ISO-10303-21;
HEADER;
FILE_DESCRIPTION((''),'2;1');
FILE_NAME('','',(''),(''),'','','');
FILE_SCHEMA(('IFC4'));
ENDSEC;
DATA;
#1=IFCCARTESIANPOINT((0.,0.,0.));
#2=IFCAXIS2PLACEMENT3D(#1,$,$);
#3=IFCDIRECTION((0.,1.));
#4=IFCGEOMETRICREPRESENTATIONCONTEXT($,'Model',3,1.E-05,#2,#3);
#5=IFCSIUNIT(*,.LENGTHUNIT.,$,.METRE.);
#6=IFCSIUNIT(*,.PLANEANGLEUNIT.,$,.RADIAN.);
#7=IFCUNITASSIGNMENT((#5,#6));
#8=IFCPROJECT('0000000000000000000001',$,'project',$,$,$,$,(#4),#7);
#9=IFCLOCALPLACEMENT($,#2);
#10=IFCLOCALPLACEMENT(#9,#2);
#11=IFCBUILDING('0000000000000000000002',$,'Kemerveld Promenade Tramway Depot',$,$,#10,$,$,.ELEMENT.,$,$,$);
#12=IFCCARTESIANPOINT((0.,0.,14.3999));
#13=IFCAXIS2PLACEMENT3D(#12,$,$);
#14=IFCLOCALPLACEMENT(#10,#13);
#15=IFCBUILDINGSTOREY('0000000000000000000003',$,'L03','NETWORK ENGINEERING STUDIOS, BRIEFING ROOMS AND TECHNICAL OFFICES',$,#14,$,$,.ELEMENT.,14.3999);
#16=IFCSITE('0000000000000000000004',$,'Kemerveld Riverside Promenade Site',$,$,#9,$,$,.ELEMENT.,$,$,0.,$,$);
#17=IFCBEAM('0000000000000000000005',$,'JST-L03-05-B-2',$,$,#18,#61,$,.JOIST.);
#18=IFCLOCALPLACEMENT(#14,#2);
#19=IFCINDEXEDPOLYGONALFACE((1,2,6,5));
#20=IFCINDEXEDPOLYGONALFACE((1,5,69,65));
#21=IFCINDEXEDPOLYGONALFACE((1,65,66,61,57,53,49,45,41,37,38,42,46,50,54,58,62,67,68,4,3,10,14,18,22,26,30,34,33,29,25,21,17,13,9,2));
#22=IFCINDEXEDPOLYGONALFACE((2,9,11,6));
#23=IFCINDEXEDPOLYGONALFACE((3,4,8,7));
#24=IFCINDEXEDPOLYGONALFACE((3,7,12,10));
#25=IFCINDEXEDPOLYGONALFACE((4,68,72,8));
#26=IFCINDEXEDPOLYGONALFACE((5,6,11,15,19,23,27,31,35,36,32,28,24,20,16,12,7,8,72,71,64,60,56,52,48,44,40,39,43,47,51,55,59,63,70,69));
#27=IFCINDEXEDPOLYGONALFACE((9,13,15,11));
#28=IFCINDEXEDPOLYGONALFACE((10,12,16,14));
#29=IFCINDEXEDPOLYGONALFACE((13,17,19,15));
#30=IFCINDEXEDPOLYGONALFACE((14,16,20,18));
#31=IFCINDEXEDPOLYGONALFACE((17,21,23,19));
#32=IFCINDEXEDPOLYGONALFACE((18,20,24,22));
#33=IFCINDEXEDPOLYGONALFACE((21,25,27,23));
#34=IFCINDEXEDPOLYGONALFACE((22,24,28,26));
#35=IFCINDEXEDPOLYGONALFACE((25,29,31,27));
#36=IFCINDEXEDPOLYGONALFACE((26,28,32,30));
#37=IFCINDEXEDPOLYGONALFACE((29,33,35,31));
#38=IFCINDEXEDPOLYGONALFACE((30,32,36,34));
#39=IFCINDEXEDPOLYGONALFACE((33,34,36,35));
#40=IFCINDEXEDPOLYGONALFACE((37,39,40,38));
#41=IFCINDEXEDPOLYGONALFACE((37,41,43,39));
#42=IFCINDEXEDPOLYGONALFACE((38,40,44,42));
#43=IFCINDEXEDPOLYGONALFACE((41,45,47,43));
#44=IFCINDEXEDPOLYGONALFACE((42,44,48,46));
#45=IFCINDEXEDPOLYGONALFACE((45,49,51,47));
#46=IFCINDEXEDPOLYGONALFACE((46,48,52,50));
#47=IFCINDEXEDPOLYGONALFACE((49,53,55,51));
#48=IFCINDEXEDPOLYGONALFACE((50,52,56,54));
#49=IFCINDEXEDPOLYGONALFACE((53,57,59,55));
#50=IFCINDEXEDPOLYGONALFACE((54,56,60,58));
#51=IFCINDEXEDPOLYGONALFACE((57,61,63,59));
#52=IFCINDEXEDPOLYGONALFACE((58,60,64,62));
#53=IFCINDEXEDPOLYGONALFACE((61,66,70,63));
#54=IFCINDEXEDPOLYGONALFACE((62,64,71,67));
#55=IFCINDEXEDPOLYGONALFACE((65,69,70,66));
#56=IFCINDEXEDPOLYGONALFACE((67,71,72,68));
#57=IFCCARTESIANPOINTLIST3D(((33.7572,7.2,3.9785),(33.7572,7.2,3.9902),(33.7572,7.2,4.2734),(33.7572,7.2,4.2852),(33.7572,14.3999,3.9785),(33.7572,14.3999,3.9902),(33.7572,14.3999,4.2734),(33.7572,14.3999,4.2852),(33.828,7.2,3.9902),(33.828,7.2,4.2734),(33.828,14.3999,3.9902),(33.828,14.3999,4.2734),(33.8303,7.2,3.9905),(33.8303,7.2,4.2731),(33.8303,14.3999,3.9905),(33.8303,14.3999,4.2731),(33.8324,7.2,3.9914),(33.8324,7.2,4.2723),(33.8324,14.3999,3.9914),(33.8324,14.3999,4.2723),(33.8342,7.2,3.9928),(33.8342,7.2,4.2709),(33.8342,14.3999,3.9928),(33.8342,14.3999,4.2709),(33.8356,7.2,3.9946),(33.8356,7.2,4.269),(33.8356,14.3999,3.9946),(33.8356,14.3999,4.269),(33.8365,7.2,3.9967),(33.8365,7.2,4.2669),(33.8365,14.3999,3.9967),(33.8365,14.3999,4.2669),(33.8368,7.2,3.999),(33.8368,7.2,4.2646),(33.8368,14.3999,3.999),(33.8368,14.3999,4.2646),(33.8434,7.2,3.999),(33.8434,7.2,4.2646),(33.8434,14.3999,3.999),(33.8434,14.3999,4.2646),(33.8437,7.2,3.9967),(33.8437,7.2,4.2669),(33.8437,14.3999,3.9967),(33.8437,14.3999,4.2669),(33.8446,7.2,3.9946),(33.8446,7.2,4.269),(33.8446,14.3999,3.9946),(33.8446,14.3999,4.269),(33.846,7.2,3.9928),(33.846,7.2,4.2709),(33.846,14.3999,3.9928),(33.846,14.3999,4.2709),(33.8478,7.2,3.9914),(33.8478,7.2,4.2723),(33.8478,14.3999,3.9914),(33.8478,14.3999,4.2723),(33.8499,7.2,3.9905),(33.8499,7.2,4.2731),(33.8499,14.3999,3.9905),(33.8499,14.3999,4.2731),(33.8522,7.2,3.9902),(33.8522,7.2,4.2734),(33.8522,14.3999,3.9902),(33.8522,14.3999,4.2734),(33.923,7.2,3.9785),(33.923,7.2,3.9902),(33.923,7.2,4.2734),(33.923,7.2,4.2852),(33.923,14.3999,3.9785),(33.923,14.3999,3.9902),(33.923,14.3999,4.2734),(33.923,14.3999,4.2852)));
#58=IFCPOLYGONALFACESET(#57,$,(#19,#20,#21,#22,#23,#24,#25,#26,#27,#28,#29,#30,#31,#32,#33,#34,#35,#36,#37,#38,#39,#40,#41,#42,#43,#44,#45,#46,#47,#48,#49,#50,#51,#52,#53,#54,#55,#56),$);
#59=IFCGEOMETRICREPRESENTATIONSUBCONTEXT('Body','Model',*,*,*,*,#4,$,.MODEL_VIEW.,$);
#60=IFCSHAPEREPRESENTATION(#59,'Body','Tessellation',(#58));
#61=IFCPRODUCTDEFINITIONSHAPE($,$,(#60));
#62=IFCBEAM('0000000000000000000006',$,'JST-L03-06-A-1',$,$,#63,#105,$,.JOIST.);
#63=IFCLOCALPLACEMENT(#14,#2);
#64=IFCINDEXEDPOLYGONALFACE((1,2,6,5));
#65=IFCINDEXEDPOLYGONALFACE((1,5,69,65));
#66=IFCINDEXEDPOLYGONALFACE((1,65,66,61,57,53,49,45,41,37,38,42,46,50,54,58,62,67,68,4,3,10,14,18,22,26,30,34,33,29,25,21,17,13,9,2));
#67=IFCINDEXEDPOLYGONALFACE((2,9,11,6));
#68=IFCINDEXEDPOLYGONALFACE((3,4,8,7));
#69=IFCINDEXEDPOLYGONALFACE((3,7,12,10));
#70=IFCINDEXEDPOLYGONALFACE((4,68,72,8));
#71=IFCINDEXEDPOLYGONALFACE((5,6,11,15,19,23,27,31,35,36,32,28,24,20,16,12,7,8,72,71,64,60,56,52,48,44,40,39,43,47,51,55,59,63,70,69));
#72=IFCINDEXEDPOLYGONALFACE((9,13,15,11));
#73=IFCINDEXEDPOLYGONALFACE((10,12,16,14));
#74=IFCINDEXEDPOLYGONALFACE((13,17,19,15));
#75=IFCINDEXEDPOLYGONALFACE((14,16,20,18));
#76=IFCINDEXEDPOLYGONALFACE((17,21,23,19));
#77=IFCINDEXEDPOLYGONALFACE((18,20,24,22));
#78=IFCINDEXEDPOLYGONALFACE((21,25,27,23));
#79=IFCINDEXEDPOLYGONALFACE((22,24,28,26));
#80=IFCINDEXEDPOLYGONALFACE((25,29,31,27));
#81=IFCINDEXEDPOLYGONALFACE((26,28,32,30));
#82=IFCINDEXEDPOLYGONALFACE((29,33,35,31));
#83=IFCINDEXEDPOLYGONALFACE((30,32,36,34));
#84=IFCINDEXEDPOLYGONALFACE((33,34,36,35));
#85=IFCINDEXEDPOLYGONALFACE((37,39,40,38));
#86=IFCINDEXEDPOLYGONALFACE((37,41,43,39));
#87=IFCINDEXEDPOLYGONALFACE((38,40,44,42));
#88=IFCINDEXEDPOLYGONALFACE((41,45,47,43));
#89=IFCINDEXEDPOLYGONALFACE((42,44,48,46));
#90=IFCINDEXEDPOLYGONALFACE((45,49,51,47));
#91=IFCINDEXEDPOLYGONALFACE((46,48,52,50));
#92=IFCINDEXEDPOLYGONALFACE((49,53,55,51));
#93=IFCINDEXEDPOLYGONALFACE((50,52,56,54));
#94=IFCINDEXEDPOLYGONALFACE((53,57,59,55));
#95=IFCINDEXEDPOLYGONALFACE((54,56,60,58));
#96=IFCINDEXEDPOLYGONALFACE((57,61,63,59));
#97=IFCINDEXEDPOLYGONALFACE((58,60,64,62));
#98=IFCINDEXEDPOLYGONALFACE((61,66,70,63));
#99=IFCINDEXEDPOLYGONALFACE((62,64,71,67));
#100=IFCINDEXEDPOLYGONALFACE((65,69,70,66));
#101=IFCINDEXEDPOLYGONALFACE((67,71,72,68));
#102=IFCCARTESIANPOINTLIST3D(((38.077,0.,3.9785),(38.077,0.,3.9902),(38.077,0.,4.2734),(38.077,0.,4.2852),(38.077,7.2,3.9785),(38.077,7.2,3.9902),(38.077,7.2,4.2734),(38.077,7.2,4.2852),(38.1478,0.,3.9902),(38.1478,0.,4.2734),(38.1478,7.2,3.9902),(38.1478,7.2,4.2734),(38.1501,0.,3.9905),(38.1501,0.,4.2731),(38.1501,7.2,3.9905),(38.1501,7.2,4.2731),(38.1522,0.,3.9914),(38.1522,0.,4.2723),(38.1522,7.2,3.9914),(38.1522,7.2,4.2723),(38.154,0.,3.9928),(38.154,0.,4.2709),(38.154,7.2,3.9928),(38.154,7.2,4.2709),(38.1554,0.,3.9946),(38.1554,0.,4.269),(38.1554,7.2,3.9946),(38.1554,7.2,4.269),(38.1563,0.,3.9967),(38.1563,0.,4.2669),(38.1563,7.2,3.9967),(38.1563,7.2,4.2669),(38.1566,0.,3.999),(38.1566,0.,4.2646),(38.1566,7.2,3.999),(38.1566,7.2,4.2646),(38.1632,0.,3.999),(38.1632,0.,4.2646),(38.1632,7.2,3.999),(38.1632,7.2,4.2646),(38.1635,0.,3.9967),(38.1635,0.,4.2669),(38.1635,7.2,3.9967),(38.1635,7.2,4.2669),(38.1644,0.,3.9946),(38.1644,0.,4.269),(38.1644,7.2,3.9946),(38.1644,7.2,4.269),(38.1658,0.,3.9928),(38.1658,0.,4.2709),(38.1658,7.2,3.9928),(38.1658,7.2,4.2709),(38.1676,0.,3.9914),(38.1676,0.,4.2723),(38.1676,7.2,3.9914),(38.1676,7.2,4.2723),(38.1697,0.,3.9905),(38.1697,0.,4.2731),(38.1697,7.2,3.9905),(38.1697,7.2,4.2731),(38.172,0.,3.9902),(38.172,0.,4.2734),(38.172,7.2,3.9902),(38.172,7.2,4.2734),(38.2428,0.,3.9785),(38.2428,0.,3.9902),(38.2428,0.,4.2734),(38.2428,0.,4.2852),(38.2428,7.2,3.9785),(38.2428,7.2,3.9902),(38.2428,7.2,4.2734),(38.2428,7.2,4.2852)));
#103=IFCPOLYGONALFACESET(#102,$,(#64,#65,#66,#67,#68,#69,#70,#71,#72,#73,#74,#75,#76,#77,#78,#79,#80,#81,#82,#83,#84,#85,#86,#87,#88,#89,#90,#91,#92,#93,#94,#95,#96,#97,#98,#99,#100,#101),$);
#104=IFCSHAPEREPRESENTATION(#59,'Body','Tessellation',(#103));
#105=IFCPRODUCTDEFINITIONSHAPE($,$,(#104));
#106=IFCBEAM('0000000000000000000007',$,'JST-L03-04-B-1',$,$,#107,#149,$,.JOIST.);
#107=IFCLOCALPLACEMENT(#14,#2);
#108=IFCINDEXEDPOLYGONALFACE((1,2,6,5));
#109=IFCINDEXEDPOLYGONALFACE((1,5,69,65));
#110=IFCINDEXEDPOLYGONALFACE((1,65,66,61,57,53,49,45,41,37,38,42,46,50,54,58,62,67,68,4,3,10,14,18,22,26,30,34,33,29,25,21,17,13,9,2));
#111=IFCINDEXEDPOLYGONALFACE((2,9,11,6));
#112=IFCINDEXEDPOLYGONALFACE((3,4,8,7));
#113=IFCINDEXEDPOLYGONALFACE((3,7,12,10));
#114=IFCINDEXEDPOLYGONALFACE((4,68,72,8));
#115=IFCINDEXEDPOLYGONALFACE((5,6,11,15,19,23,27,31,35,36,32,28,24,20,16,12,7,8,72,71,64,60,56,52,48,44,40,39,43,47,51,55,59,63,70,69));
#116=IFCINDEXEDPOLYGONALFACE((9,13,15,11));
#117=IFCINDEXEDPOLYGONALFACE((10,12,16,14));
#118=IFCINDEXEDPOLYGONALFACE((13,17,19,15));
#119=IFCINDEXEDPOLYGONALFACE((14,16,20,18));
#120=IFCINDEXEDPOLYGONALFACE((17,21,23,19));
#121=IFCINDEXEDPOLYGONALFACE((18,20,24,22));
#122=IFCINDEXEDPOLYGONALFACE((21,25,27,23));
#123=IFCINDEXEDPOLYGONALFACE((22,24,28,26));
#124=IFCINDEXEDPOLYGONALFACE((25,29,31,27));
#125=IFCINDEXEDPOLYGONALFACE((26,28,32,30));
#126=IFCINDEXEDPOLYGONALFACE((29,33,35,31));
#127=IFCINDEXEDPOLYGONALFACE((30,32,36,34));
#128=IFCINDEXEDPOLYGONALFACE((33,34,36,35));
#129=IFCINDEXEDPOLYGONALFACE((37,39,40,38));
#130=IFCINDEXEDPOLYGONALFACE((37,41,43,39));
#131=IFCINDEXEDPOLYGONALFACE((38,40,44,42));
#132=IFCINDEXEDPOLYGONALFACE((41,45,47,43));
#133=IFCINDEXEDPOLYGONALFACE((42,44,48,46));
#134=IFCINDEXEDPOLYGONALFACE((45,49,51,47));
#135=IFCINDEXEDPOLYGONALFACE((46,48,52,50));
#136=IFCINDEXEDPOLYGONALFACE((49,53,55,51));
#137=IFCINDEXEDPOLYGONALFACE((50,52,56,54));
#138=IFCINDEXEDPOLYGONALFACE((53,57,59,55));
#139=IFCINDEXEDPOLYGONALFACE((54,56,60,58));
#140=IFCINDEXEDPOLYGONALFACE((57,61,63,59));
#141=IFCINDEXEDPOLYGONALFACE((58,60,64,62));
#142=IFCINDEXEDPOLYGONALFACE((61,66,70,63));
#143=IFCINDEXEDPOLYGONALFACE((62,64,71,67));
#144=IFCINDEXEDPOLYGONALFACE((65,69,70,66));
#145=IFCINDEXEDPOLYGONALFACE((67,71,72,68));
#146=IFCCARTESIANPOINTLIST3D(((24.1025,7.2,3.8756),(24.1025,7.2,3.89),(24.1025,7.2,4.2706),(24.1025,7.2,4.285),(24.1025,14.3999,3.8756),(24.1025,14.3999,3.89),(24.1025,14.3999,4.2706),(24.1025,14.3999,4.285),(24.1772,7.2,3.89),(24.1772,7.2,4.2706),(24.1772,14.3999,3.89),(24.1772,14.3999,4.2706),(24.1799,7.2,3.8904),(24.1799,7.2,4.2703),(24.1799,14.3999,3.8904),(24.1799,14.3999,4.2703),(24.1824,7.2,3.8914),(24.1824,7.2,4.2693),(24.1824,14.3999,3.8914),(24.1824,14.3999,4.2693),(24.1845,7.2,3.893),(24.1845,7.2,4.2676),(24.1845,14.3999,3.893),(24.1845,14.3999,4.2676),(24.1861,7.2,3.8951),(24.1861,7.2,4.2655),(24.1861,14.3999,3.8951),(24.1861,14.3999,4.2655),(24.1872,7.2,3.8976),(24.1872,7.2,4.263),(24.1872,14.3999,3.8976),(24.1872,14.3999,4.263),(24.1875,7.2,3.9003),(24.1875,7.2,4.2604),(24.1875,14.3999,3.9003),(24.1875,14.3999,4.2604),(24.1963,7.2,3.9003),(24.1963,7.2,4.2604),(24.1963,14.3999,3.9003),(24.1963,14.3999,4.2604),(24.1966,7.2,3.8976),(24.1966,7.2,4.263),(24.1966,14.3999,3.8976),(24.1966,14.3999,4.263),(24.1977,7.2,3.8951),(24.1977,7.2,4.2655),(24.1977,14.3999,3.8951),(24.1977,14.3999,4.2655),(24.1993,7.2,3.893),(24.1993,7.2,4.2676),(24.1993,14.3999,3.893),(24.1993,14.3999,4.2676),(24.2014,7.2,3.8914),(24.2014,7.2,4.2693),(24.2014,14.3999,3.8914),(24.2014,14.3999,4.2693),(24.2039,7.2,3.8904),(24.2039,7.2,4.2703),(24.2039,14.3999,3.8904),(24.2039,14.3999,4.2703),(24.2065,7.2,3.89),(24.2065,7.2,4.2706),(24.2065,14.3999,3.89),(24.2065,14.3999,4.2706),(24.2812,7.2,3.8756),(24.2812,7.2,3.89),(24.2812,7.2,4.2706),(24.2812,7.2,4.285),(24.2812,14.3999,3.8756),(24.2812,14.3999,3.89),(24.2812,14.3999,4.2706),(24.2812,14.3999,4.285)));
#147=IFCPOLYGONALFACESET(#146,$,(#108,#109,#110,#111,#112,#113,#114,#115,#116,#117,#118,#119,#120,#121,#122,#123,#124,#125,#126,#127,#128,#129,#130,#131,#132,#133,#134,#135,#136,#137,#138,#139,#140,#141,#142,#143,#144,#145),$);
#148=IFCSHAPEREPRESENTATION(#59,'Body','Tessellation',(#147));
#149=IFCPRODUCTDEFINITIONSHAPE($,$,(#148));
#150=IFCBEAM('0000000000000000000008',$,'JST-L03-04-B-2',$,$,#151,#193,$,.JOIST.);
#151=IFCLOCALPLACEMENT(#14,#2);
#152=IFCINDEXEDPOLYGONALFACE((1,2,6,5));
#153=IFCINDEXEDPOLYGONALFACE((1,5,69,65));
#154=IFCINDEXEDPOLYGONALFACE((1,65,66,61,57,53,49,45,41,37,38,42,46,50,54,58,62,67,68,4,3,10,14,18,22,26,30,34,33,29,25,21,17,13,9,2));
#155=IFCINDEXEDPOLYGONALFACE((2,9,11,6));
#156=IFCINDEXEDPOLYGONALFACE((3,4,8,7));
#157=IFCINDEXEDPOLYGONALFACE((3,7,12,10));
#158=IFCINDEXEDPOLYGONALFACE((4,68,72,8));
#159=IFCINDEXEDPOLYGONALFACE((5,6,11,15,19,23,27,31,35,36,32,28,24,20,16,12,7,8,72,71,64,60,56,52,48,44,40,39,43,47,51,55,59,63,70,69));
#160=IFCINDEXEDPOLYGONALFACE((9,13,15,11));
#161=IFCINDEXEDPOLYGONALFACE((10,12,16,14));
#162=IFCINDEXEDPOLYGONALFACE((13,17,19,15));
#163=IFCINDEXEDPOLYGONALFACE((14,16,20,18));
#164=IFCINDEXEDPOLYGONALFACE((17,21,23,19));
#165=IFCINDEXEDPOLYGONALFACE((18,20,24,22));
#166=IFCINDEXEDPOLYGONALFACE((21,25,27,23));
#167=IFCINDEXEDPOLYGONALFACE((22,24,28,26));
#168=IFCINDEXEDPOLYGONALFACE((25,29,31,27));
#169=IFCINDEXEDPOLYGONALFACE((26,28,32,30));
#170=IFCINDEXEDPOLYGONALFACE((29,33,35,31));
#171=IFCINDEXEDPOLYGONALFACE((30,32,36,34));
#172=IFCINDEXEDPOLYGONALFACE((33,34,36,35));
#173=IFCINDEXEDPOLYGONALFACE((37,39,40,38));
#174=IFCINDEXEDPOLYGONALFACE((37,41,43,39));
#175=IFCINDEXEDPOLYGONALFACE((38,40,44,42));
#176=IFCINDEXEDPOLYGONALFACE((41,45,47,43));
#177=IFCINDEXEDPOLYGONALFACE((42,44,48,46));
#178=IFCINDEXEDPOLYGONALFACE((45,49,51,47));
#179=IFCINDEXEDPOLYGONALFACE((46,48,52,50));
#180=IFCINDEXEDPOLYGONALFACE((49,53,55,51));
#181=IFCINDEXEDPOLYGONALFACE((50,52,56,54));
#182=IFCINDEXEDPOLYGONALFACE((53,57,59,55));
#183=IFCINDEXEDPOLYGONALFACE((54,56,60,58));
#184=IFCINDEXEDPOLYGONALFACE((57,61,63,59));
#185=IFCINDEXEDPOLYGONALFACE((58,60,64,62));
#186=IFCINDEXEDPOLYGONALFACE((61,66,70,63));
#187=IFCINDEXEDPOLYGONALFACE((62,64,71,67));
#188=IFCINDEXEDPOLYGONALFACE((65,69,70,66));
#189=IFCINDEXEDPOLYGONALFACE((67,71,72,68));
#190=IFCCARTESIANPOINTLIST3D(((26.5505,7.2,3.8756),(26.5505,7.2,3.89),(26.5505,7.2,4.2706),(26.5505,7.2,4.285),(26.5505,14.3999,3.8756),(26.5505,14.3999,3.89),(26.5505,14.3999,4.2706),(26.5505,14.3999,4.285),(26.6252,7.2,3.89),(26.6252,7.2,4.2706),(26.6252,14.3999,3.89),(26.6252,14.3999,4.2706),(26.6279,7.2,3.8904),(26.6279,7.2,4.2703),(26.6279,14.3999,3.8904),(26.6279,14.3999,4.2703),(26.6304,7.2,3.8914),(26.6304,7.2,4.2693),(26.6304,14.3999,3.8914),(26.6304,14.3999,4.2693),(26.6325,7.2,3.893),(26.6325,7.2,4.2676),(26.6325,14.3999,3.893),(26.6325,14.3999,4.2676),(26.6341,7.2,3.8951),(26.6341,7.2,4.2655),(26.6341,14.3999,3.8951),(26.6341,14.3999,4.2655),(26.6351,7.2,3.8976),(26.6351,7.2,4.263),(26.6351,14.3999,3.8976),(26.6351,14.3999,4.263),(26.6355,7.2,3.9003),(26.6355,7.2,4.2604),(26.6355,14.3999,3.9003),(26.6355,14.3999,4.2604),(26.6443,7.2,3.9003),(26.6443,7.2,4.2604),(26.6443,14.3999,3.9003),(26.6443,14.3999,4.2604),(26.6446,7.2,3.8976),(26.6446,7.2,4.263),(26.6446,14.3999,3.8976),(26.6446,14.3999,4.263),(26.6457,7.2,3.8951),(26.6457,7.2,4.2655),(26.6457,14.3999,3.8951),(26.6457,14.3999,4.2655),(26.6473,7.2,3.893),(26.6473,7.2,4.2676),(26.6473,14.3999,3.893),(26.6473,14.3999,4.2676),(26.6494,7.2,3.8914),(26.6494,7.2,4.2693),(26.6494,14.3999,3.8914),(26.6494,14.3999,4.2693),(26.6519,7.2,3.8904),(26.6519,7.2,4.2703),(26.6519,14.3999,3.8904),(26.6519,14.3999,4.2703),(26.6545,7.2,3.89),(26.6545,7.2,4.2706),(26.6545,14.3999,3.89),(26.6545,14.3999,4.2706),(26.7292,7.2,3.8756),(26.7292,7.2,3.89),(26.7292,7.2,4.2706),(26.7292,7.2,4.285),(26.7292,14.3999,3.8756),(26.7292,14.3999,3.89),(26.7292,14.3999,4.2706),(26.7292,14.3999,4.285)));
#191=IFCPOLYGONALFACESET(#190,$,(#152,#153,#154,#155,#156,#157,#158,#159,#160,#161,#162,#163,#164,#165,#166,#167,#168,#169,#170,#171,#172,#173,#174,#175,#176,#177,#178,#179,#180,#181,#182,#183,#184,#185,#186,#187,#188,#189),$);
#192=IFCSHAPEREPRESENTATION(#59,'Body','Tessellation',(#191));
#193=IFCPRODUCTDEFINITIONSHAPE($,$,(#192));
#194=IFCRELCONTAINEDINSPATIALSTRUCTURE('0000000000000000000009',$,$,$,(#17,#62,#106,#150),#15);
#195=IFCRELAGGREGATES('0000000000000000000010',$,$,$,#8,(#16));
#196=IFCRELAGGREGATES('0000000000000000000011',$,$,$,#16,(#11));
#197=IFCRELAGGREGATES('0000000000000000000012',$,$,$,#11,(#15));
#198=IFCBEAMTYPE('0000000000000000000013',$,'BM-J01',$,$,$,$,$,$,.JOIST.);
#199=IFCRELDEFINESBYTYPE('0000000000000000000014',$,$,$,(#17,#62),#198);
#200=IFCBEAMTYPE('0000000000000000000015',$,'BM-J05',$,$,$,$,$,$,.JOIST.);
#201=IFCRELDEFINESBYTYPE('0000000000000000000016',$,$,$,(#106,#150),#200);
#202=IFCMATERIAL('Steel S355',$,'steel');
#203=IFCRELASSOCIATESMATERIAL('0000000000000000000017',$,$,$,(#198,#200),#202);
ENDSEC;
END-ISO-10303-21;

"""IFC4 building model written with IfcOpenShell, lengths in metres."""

from ifc_helpers import new_model, si_unit, direction, frame, origin, origin_2d, place, context, subcontext, project, spatial, i_section, extrude, material, material_profile, profile_set, type_object, element, save


model = new_model("IFC4")

# Units and contexts
model_context = context("Model", 3, precision=1e-05, world=origin(), true_north=direction((0.0, 1.0)))
body_context = subcontext(model_context, "Body", "Model", "MODEL_VIEW")
ifc_project = project(units=[si_unit("LENGTHUNIT", "METRE"), si_unit("PLANEANGLEUNIT", "RADIAN")], contexts=[model_context])

# Site, building, storey
site_placement = place(None, origin())
site = spatial("IfcSite", under=ifc_project, at=site_placement, Name="Kemerveld Riverside Promenade Site", CompositionType="ELEMENT", RefElevation=0.0)
building_placement = place(site_placement, origin())
building = spatial("IfcBuilding", under=site, at=building_placement, Name="Kemerveld Promenade Tramway Depot", CompositionType="ELEMENT")
storey_placement = place(building_placement, frame((0.0, 0.0, 14.3999)))
storey = spatial("IfcBuildingStorey", under=building, at=storey_placement, Name="L03", Description="NETWORK ENGINEERING STUDIOS, BRIEFING ROOMS AND TECHNICAL OFFICES", CompositionType="ELEMENT", Elevation=14.3999)

# Shared definitions
ifc_material_1 = material(Name="Steel S355", Category="steel")

# Beams
ifc_material_profile_1 = material_profile(ifc_material_1, i_section(OverallWidth=0.1658, OverallDepth=0.3066, WebThickness=0.0066, FlangeThickness=0.0117, FilletRadius=0.0088, at=origin_2d()), Name="305x165x46 UB")
ifc_profile_set_1 = profile_set([ifc_material_profile_1], Name="Steel S355")
beam_type_1 = type_object("IfcBeamType", Name="BM-J01", PredefinedType="JOIST", material=ifc_profile_set_1)
for number, where, z_axis, x_axis, name in (
    (1, (33.8401, 7.2, 4.1318), (0.0, 1.0, 0.0), (-1.0, 0.0, 0.0), "JST-L03-05-B-2"),
    (2, (38.1599, 0.0, 4.1318), (0.0, 1.0, 0.0), (-1.0, 0.0, 0.0), "JST-L03-06-A-1"),
):
    element("IfcBeam", number, at=place(storey_placement, frame(where, z_axis=z_axis, x_axis=x_axis)), inside=storey, type_object=beam_type_1, Name=name, PredefinedType="JOIST", context=body_context, shape_type="SweptSolid", body=[
        extrude(i_section(OverallWidth=0.1658, OverallDepth=0.3066, WebThickness=0.0066, FlangeThickness=0.0117, FilletRadius=0.0088, at=origin_2d()), origin(), (0.0, 0.0, 1.0), 7.2),
    ])
ifc_material_profile_2 = material_profile(ifc_material_1, i_section(OverallWidth=0.1787, OverallDepth=0.4094, WebThickness=0.0088, FlangeThickness=0.0144, FilletRadius=0.0103, at=origin_2d()), Name="406x178x67 UB")
ifc_profile_set_2 = profile_set([ifc_material_profile_2], Name="Steel S355")
beam_type_2 = type_object("IfcBeamType", Name="BM-J05", PredefinedType="JOIST", material=ifc_profile_set_2)
for number, where, z_axis, x_axis, name in (
    (3, (24.1919, 7.2, 4.0803), (0.0, 1.0, 0.0), (-1.0, 0.0, 0.0), "JST-L03-04-B-1"),
    (4, (26.6399, 7.2, 4.0803), (0.0, 1.0, 0.0), (-1.0, 0.0, 0.0), "JST-L03-04-B-2"),
):
    element("IfcBeam", number, at=place(storey_placement, frame(where, z_axis=z_axis, x_axis=x_axis)), inside=storey, type_object=beam_type_2, Name=name, PredefinedType="JOIST", context=body_context, shape_type="SweptSolid", body=[
        extrude(i_section(OverallWidth=0.1787, OverallDepth=0.4094, WebThickness=0.0088, FlangeThickness=0.0144, FilletRadius=0.0103, at=origin_2d()), origin(), (0.0, 0.0, 1.0), 7.2),
    ])

save(model, "model.ifc")
